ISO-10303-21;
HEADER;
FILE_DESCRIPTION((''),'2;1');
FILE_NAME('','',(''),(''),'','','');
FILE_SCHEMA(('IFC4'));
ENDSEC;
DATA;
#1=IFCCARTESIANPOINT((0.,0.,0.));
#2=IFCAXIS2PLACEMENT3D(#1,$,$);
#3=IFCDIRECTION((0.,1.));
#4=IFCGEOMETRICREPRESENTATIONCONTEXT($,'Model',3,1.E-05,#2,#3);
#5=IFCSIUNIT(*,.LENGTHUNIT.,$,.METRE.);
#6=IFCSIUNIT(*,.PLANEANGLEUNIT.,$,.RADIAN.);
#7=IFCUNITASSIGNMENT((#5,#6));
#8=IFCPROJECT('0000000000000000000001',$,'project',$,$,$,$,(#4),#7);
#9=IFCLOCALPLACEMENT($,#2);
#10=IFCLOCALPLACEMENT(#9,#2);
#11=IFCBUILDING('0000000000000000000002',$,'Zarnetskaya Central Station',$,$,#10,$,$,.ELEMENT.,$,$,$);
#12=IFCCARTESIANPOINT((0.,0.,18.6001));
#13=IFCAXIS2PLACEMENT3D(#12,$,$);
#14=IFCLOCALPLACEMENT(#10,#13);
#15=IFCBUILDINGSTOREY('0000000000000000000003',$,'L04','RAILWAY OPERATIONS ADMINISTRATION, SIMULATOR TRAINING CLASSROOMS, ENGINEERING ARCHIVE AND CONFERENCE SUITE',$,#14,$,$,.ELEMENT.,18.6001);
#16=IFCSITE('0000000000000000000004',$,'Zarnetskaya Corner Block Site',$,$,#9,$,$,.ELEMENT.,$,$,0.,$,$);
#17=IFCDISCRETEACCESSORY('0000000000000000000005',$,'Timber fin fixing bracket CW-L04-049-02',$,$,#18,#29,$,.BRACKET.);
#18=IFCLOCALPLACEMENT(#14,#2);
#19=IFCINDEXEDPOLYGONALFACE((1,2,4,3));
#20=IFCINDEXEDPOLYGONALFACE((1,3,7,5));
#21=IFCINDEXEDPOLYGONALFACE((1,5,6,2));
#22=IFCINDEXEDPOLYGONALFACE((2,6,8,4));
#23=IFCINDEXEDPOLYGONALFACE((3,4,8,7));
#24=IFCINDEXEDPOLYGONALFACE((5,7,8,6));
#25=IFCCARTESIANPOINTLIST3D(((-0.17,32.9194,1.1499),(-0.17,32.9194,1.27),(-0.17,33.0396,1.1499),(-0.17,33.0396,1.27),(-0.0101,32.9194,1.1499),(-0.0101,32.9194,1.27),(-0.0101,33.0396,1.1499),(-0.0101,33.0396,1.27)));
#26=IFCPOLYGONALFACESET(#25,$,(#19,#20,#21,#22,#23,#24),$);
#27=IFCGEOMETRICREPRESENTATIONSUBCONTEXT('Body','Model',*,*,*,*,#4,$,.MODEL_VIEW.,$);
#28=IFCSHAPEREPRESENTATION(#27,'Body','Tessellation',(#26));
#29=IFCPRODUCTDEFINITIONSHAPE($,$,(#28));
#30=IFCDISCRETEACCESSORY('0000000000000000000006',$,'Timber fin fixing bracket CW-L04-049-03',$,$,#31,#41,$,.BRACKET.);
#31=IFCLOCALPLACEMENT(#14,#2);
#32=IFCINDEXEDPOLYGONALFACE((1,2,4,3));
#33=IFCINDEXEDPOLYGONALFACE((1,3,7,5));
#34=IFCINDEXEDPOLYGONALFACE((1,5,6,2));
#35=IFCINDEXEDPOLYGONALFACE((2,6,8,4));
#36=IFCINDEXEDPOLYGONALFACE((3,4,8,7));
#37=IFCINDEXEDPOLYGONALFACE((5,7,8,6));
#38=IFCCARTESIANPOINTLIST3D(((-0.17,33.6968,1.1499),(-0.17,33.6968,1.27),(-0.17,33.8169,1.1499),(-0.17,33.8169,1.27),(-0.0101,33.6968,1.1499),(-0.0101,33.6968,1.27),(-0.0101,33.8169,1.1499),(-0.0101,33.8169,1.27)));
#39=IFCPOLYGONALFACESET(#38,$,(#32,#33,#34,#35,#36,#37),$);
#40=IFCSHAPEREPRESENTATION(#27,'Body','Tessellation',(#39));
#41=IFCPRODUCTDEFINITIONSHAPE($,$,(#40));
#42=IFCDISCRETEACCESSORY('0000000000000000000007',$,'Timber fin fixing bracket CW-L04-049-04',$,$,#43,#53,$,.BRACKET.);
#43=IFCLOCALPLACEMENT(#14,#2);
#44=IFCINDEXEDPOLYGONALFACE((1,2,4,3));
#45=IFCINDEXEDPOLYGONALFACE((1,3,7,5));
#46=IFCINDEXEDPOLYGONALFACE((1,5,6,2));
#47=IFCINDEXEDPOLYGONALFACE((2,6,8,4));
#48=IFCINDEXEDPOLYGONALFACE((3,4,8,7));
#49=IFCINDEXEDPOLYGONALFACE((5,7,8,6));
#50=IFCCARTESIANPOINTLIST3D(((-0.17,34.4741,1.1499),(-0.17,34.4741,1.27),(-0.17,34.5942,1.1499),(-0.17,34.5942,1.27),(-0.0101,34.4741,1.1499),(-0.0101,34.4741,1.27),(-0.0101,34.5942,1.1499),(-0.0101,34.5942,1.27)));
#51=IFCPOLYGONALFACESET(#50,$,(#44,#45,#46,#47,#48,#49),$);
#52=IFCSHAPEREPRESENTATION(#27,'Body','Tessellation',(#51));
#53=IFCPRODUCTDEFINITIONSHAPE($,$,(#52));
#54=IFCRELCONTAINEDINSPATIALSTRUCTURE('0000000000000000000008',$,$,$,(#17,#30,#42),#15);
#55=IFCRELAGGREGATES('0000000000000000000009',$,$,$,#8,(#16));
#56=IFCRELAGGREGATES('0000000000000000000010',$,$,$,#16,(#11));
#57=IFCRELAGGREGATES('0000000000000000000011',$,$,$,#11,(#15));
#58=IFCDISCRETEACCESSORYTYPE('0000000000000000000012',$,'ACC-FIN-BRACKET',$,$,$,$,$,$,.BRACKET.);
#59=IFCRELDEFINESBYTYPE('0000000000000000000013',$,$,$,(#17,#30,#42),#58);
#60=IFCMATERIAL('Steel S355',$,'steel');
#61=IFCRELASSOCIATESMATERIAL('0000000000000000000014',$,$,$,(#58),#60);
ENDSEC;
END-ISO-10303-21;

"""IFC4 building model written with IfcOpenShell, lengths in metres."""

from ifc_helpers import new_model, si_unit, direction, frame, origin, origin_2d, place, context, subcontext, project, spatial, rectangle, extrude, material, type_object, element, save


model = new_model("IFC4")

# Units and contexts
model_context = context("Model", 3, precision=1e-05, world=origin(), true_north=direction((0.0, 1.0)))
body_context = subcontext(model_context, "Body", "Model", "MODEL_VIEW")
ifc_project = project(units=[si_unit("LENGTHUNIT", "METRE"), si_unit("PLANEANGLEUNIT", "RADIAN")], contexts=[model_context])

# Site, building, storey
site_placement = place(None, origin())
site = spatial("IfcSite", under=ifc_project, at=site_placement, Name="Zarnetskaya Corner Block Site", CompositionType="ELEMENT", RefElevation=0.0)
building_placement = place(site_placement, origin())
building = spatial("IfcBuilding", under=site, at=building_placement, Name="Zarnetskaya Central Station", CompositionType="ELEMENT")
storey_placement = place(building_placement, frame((0.0, 0.0, 18.6001)))
storey = spatial("IfcBuildingStorey", under=building, at=storey_placement, Name="L04", Description="RAILWAY OPERATIONS ADMINISTRATION, SIMULATOR TRAINING CLASSROOMS, ENGINEERING ARCHIVE AND CONFERENCE SUITE", CompositionType="ELEMENT", Elevation=18.6001)

# Discrete accessories
ifc_material_1 = material(Name="Steel S355", Category="steel")
discrete_accessory_type = type_object("IfcDiscreteAccessoryType", Name="ACC-FIN-BRACKET", PredefinedType="BRACKET", material=ifc_material_1)
for number, where, z_axis, x_axis, name in (
    (1, (-0.0901, 32.9795, 1.1499), (0.0, 0.0, 1.0), (0.0, 1.0, 0.0), "Timber fin fixing bracket CW-L04-049-02"),
    (2, (-0.0901, 33.7568, 1.1499), (0.0, 0.0, 1.0), (0.0, 1.0, 0.0), "Timber fin fixing bracket CW-L04-049-03"),
    (3, (-0.0901, 34.5342, 1.1499), (0.0, 0.0, 1.0), (0.0, 1.0, 0.0), "Timber fin fixing bracket CW-L04-049-04"),
):
    element("IfcDiscreteAccessory", number, at=place(storey_placement, frame(where, z_axis=z_axis, x_axis=x_axis)), inside=storey, type_object=discrete_accessory_type, Name=name, PredefinedType="BRACKET", context=body_context, shape_type="SweptSolid", body=[
        extrude(rectangle(XDim=0.1201, YDim=0.1599, at=origin_2d()), origin(), (0.0, 0.0, 1.0), 0.1201),
    ])

save(model, "model.ifc")
